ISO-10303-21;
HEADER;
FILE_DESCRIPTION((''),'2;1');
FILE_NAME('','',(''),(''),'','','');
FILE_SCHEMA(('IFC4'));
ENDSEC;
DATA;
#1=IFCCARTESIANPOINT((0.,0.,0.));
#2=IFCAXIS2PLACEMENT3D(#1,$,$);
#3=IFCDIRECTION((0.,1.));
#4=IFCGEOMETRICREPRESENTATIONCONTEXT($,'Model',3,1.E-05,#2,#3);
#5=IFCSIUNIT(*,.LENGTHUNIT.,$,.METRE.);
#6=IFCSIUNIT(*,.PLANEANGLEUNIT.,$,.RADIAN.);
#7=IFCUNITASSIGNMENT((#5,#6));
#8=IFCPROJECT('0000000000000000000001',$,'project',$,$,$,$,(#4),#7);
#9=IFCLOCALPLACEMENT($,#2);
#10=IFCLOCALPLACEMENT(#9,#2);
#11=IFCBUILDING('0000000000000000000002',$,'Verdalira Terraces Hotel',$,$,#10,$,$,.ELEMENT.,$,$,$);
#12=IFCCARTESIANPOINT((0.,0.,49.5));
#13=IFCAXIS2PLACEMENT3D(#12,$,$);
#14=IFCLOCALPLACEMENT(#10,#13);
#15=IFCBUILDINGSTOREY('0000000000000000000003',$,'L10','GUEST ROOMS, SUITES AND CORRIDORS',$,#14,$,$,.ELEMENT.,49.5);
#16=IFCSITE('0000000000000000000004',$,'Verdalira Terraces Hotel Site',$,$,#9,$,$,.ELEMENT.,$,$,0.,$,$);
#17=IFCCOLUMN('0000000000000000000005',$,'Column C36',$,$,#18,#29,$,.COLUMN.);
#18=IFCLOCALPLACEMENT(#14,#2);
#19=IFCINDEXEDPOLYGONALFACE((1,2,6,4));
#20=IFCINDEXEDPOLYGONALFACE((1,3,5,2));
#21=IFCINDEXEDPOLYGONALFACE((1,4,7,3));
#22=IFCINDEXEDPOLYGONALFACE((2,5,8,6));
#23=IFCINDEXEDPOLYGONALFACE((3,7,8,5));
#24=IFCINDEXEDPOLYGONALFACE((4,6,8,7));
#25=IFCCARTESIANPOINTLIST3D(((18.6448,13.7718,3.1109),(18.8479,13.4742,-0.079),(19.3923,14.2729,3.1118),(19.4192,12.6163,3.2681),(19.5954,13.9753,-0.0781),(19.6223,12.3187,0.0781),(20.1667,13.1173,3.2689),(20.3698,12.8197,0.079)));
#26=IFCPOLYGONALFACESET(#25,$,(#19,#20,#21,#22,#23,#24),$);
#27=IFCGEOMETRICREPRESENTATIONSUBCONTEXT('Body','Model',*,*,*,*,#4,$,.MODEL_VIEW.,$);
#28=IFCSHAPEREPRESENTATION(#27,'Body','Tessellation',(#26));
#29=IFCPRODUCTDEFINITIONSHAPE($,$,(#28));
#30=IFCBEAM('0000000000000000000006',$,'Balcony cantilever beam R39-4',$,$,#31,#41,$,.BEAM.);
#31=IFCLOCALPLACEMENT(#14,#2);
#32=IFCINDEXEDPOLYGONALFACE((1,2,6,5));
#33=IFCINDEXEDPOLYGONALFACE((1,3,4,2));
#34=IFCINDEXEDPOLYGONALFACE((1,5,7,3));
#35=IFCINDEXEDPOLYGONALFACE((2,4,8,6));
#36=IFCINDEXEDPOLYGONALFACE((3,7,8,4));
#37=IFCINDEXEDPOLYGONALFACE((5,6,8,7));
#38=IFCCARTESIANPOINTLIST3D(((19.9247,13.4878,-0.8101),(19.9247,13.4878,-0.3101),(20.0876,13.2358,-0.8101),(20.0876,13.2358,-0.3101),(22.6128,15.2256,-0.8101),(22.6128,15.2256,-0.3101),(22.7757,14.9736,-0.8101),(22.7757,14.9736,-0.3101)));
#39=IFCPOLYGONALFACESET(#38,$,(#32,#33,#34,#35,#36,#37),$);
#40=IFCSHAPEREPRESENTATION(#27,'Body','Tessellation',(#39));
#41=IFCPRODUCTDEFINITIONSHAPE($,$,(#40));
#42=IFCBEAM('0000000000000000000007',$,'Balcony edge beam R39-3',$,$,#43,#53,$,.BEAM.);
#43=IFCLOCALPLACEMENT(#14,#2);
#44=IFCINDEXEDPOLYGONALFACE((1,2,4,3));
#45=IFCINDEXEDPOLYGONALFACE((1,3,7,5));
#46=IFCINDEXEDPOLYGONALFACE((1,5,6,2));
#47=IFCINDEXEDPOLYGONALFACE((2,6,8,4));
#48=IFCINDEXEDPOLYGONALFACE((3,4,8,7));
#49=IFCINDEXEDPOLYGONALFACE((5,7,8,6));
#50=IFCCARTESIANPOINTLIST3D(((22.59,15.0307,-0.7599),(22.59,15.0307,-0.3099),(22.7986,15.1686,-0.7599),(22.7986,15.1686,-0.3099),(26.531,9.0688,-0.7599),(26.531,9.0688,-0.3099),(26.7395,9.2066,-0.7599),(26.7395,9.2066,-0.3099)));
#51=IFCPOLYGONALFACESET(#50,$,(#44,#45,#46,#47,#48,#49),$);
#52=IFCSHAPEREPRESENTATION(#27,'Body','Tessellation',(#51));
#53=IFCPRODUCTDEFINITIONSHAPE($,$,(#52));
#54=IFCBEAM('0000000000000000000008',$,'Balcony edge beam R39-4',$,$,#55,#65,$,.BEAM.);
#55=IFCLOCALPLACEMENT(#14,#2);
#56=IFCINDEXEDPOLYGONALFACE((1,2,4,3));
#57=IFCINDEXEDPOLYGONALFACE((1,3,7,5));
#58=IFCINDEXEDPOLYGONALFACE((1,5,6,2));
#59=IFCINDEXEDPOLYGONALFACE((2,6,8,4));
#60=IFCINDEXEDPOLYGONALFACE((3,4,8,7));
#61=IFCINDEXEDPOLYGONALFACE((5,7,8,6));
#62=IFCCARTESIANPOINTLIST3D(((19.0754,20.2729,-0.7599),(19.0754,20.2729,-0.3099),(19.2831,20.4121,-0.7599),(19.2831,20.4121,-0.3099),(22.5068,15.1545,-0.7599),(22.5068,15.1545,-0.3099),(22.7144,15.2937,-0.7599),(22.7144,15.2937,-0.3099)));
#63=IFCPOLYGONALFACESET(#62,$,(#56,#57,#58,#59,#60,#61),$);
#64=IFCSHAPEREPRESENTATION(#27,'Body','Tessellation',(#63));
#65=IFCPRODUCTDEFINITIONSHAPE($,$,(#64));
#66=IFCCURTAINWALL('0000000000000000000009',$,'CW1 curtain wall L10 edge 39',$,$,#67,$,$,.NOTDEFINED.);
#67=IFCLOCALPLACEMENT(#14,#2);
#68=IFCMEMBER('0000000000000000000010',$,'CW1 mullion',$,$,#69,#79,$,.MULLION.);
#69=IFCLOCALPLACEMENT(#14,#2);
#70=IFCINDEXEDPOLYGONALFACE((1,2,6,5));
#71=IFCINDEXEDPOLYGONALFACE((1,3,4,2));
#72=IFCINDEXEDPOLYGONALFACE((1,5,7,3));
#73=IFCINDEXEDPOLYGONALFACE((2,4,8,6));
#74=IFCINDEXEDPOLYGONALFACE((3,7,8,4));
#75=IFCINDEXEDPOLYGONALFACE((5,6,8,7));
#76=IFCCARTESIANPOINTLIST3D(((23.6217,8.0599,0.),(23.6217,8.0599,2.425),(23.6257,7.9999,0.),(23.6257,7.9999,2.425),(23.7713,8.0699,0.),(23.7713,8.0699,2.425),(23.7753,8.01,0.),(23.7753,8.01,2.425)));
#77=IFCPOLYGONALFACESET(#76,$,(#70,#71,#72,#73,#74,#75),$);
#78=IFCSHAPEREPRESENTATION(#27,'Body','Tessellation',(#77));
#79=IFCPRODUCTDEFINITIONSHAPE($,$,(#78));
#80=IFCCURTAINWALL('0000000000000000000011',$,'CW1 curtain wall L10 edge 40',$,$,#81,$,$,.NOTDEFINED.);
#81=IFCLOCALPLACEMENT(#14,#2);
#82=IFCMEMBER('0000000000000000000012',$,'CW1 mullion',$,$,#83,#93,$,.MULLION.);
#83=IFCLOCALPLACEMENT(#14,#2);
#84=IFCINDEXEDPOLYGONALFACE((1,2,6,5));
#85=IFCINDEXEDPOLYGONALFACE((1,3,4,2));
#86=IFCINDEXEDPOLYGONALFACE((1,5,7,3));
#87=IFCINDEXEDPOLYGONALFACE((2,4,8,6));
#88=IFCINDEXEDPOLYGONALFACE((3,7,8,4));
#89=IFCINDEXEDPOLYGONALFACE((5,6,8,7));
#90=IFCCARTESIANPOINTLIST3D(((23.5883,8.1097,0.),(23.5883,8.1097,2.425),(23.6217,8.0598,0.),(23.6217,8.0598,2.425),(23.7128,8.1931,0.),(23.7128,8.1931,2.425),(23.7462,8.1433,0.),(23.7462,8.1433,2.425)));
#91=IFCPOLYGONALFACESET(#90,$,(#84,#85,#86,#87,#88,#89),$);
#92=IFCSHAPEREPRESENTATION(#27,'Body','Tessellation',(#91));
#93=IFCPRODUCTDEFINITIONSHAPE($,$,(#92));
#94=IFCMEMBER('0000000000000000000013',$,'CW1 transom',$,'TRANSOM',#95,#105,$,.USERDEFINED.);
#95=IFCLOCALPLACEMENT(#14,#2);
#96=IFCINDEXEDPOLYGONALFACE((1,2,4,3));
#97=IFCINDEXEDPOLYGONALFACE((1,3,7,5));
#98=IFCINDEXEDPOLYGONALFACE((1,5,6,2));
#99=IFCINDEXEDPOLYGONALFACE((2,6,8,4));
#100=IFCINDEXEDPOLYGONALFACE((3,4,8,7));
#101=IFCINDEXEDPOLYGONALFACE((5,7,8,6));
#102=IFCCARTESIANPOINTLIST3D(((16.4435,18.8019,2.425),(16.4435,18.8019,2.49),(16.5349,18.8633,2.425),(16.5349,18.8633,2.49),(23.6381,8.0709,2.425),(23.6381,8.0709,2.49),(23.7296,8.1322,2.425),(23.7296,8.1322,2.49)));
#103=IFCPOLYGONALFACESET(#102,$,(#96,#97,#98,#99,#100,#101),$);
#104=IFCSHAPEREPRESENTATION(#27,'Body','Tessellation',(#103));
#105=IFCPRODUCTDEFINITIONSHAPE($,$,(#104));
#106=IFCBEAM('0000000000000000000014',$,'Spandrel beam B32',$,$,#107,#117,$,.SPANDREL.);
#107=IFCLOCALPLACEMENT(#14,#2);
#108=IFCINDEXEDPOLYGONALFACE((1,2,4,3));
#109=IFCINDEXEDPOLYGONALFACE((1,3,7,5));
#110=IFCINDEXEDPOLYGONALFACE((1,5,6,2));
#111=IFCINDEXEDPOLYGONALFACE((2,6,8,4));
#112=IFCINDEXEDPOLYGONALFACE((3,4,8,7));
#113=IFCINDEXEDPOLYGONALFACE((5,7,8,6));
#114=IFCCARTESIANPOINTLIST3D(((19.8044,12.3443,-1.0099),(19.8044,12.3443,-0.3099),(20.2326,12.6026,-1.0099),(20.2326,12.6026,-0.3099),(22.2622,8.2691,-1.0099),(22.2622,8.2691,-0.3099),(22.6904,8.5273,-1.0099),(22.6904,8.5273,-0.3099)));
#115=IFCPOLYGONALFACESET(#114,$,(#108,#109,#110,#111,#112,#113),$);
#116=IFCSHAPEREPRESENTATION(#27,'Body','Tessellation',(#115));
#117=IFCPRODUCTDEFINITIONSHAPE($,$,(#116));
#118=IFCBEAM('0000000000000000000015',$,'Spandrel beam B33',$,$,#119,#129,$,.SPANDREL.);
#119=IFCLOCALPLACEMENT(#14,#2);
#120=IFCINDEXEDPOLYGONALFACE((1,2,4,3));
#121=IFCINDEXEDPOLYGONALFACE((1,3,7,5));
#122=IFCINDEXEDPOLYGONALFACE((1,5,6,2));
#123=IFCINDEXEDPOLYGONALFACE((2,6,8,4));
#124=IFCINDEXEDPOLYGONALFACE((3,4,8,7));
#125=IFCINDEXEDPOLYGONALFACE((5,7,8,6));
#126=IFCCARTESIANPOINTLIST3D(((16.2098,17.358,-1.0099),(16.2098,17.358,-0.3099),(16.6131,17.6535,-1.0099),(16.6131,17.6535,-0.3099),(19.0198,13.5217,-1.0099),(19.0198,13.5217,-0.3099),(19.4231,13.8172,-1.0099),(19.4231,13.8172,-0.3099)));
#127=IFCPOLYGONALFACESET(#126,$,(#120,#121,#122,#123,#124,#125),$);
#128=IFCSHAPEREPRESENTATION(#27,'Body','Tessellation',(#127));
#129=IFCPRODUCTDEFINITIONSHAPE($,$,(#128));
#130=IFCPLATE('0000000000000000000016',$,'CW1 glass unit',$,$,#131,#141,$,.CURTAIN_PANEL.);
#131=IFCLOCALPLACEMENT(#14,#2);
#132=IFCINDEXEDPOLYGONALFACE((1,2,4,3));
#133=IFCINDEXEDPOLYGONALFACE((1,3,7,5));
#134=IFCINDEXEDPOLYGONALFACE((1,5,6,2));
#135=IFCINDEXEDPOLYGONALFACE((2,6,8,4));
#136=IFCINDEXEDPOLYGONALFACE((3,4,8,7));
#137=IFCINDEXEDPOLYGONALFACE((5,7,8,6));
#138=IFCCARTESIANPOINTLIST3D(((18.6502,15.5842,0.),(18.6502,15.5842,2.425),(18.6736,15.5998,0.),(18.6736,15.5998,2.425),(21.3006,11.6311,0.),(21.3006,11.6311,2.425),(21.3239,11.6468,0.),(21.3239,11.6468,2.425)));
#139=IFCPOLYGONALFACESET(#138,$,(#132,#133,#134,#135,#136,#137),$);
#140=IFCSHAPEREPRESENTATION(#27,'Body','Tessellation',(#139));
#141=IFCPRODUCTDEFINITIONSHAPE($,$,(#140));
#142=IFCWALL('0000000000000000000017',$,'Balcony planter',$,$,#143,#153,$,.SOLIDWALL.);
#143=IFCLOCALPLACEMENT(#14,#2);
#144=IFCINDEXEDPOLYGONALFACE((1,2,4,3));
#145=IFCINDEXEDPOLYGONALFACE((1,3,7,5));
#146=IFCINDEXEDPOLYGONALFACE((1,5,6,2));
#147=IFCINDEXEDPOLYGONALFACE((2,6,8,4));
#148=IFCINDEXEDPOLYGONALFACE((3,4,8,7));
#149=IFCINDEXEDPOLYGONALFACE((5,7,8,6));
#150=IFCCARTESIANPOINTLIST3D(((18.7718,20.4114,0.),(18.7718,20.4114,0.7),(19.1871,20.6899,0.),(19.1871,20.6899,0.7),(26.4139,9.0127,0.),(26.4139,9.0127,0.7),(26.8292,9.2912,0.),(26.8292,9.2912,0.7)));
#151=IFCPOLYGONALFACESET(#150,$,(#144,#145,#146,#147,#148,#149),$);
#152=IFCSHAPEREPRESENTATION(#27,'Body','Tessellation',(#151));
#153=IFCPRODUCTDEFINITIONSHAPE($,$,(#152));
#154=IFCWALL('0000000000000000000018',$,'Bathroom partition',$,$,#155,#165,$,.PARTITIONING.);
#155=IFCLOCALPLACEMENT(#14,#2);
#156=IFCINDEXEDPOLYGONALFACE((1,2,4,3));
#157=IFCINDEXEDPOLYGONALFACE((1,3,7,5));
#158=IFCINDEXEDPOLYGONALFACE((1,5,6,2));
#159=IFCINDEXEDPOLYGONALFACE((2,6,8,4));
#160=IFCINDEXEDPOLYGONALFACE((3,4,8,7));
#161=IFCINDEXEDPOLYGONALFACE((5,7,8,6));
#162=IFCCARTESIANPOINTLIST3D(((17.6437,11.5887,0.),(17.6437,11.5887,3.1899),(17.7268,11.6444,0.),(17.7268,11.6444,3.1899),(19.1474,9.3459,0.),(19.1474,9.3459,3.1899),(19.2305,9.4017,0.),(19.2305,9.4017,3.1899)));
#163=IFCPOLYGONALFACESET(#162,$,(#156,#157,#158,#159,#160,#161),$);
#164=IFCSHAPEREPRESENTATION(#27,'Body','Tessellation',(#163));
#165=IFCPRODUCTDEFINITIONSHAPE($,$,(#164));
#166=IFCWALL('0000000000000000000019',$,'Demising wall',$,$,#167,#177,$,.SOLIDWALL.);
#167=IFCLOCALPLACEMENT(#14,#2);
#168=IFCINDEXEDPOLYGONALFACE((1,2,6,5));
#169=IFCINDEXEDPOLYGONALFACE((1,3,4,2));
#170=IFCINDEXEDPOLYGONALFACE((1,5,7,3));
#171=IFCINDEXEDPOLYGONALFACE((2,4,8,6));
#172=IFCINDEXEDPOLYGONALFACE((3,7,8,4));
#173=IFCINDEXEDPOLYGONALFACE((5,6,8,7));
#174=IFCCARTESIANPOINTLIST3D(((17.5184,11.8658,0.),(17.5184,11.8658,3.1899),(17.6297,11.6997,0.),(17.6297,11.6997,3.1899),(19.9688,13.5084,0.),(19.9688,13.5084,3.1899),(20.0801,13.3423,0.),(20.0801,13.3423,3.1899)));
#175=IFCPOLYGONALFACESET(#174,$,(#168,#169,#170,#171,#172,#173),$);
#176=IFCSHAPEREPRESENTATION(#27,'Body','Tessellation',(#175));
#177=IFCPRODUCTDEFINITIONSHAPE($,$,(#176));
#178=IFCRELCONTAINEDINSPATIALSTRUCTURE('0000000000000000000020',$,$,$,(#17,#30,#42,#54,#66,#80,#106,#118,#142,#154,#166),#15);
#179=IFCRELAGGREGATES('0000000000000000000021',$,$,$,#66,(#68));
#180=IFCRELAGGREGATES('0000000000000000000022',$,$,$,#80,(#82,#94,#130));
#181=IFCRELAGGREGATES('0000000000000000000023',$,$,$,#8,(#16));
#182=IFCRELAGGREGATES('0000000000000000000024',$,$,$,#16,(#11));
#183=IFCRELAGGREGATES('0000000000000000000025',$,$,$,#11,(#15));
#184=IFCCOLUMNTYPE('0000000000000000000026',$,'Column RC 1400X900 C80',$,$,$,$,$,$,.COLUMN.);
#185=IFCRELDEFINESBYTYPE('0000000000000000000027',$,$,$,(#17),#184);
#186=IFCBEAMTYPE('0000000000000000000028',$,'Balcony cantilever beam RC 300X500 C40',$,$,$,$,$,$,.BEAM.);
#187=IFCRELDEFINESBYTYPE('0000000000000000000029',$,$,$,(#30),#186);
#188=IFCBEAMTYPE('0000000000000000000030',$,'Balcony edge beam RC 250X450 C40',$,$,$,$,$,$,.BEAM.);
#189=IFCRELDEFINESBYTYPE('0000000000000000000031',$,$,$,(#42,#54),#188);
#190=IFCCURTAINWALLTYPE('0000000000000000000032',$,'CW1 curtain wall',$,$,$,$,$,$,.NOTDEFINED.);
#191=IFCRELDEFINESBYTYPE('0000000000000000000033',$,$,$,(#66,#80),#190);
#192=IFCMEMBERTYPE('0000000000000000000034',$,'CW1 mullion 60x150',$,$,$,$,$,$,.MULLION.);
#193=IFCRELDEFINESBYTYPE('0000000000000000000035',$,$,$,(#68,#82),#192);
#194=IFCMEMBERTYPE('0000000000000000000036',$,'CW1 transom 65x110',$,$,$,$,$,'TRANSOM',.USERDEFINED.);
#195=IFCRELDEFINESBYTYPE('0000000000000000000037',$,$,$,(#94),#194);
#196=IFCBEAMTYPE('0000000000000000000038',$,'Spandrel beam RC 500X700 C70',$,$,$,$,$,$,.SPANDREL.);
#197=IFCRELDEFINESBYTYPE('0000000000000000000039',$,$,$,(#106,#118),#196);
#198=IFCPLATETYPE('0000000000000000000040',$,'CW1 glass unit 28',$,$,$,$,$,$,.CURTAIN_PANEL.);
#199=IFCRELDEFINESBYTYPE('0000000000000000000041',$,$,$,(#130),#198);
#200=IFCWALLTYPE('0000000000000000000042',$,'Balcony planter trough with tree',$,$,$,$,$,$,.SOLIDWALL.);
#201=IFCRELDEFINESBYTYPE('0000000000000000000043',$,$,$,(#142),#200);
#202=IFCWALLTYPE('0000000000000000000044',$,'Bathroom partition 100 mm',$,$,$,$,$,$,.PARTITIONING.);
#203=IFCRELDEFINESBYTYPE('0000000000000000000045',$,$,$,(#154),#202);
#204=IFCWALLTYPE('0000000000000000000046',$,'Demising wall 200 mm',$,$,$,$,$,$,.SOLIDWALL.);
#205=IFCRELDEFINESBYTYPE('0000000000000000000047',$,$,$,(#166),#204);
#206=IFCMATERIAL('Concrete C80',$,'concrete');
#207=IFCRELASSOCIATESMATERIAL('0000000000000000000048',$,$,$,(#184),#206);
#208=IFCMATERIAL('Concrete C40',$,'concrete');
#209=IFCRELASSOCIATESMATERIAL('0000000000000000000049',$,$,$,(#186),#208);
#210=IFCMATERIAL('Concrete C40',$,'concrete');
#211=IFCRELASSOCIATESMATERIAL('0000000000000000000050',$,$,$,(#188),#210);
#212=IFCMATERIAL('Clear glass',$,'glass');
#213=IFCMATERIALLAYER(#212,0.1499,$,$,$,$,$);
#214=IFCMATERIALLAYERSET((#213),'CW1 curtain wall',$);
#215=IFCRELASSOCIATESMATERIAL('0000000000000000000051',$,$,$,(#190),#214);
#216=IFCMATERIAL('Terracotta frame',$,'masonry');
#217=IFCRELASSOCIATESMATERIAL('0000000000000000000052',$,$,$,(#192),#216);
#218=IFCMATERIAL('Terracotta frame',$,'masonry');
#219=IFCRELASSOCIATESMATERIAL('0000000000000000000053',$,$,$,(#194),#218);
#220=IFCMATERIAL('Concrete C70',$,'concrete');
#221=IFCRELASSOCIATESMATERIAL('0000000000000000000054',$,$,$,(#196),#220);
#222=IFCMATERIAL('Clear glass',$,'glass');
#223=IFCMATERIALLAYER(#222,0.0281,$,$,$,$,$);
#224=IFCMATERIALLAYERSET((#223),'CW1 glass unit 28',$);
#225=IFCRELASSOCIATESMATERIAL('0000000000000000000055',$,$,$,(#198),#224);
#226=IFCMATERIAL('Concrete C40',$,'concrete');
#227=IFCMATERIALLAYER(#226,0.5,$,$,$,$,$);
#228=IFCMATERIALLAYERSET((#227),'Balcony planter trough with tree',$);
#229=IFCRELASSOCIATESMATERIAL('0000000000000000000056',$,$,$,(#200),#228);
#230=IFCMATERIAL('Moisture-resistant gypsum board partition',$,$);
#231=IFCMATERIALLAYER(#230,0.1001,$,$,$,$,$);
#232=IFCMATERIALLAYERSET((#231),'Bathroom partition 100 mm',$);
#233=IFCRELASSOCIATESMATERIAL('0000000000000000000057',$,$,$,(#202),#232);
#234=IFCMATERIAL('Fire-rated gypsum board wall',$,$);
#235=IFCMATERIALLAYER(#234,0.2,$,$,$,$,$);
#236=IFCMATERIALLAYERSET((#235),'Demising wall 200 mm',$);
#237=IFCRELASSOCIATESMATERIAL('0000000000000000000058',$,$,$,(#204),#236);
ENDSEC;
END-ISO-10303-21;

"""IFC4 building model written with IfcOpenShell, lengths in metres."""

from ifc_helpers import new_model, si_unit, direction, frame, frame_2d, origin, origin_2d, place, context, subcontext, project, spatial, rectangle, extrude, material, layer, layer_set, material_profile, profile_set, type_object, element, aggregate, save


model = new_model("IFC4")

# Units and contexts
model_context = context("Model", 3, precision=1e-05, world=origin(), true_north=direction((0.0, 1.0)))
body_context = subcontext(model_context, "Body", "Model", "MODEL_VIEW")
ifc_project = project(units=[si_unit("LENGTHUNIT", "METRE"), si_unit("PLANEANGLEUNIT", "RADIAN")], contexts=[model_context])

# Site, building, storey
site_placement = place(None, origin())
site = spatial("IfcSite", under=ifc_project, at=site_placement, Name="Verdalira Terraces Hotel Site", CompositionType="ELEMENT", RefElevation=0.0)
building_placement = place(site_placement, origin())
building = spatial("IfcBuilding", under=site, at=building_placement, Name="Verdalira Terraces Hotel", CompositionType="ELEMENT")
storey_placement = place(building_placement, frame((0.0, 0.0, 49.5)))
storey = spatial("IfcBuildingStorey", under=building, at=storey_placement, Name="L10", Description="GUEST ROOMS, SUITES AND CORRIDORS", CompositionType="ELEMENT", Elevation=49.5)

# Column
ifc_material_1 = material(Name="Concrete C80", Category="concrete")
ifc_material_profile_1 = material_profile(ifc_material_1, rectangle(XDim=1.3999, YDim=0.8999, at=origin_2d()), Name="RC 1400X900")
ifc_profile_set_1 = profile_set([ifc_material_profile_1], Name="Concrete C80")
column_type = type_object("IfcColumnType", Name="Column RC 1400X900 C80", PredefinedType="COLUMN", material=ifc_profile_set_1)
column_placement = place(storey_placement, frame((19.6089, 13.147, 0.0), z_axis=(-0.063274, 0.092706, 0.993681), x_axis=(-0.55319, 0.82546, -0.112237)))
element("IfcColumn", 1, at=column_placement, inside=storey, type_object=column_type, Name="Column C36", PredefinedType="COLUMN", context=body_context, shape_type="SweptSolid", body=[
    extrude(rectangle(XDim=1.3999, YDim=0.8999, at=origin_2d()), origin(), (0.0, 0.0, 1.0), 3.2102),
])

# Beams
ifc_material_2 = material(Name="Concrete C40", Category="concrete")
ifc_material_profile_2 = material_profile(ifc_material_2, rectangle(XDim=0.3, YDim=0.5, at=origin_2d()), Name="RC 300X500")
ifc_profile_set_2 = profile_set([ifc_material_profile_2], Name="Concrete C40")
beam_type_1 = type_object("IfcBeamType", Name="Balcony cantilever beam RC 300X500 C40", PredefinedType="BEAM", material=ifc_profile_set_2)
beam_1_placement = place(storey_placement, frame((20.0061, 13.3618, -0.5601), z_axis=(0.839805, 0.542888, 0.0), x_axis=(-0.542888, 0.839805, 0.0)))
element("IfcBeam", 2, at=beam_1_placement, inside=storey, type_object=beam_type_1, Name="Balcony cantilever beam R39-4", PredefinedType="BEAM", context=body_context, shape_type="SweptSolid", body=[
    extrude(rectangle(XDim=0.3, YDim=0.5, at=origin_2d()), origin(), (0.0, 0.0, 1.0), 3.2009),
])
ifc_material_3 = material(Name="Concrete C40", Category="concrete")
ifc_material_profile_3 = material_profile(ifc_material_3, rectangle(XDim=0.25, YDim=0.45, at=origin_2d()), Name="RC 250X450")
ifc_profile_set_3 = profile_set([ifc_material_profile_3], Name="Concrete C40")
beam_type_2 = type_object("IfcBeamType", Name="Balcony edge beam RC 250X450 C40", PredefinedType="BEAM", material=ifc_profile_set_3)
beam_2_placement = place(storey_placement, frame((26.6353, 9.1377, -0.5349), z_axis=(-0.551432, 0.83422, 0.0), x_axis=(-0.83422, -0.551432, 0.0)))
element("IfcBeam", 3, at=beam_2_placement, inside=storey, type_object=beam_type_2, Name="Balcony edge beam R39-3", PredefinedType="BEAM", context=body_context, shape_type="SweptSolid", body=[
    extrude(rectangle(XDim=0.25, YDim=0.45, at=origin_2d()), origin(), (0.0, 0.0, 1.0), 7.1467),
])
beam_3_placement = place(storey_placement, frame((22.6106, 15.2241, -0.5349), z_axis=(-0.556847, 0.830615, 0.0), x_axis=(-0.830615, -0.556847, 0.0)))
element("IfcBeam", 4, at=beam_3_placement, inside=storey, type_object=beam_type_2, Name="Balcony edge beam R39-4", PredefinedType="BEAM", context=body_context, shape_type="SweptSolid", body=[
    extrude(rectangle(XDim=0.25, YDim=0.45, at=origin_2d()), origin(), (0.0, 0.0, 1.0), 6.1621),
])

# Curtain wall, member
ifc_material_4 = material(Name="Clear glass", Category="glass")
ifc_layer_1 = layer(ifc_material_4, 0.1499)
ifc_layer_set_1 = layer_set([ifc_layer_1], Name="CW1 curtain wall")
curtain_wall_type = type_object("IfcCurtainWallType", Name="CW1 curtain wall", PredefinedType="NOTDEFINED", material=ifc_layer_set_1)
curtain_wall_1_placement = place(storey_placement, origin())
curtain_wall_1 = element("IfcCurtainWall", 5, at=curtain_wall_1_placement, inside=storey, type_object=curtain_wall_type, Name="CW1 curtain wall L10 edge 39", PredefinedType="NOTDEFINED")
ifc_material_5 = material(Name="Terracotta frame", Category="masonry")
ifc_material_profile_4 = material_profile(ifc_material_5, rectangle(XDim=0.0601, YDim=0.1499, at=origin_2d()), Name="MU 60x150")
ifc_profile_set_4 = profile_set([ifc_material_profile_4], Name="Terracotta frame")
member_type_1 = type_object("IfcMemberType", Name="CW1 mullion 60x150", PredefinedType="MULLION", material=ifc_profile_set_4)
member_1_placement = place(storey_placement, frame((23.6985, 8.0349, 0.0), z_axis=(0.0, 0.0, 1.0), x_axis=(-0.06697, 0.997755, 0.0)))
member_1 = element("IfcMember", 6, at=member_1_placement, type_object=member_type_1, Name="CW1 mullion", PredefinedType="MULLION", context=body_context, shape_type="SweptSolid", body=[
    extrude(rectangle(XDim=0.0601, YDim=0.1499, at=origin_2d()), origin(), (0.0, 0.0, 1.0), 2.425),
])
aggregate(curtain_wall_1, [member_1])

# Curtain wall, members
curtain_wall_2_placement = place(storey_placement, origin())
curtain_wall_2 = element("IfcCurtainWall", 7, at=curtain_wall_2_placement, inside=storey, type_object=curtain_wall_type, Name="CW1 curtain wall L10 edge 40", PredefinedType="NOTDEFINED")
member_2_placement = place(storey_placement, frame((23.6672, 8.1265, 0.0), z_axis=(0.0, 0.0, 1.0), x_axis=(-0.556876, 0.830596, 0.0)))
member_2 = element("IfcMember", 8, at=member_2_placement, type_object=member_type_1, Name="CW1 mullion", PredefinedType="MULLION", context=body_context, shape_type="SweptSolid", body=[
    extrude(rectangle(XDim=0.0601, YDim=0.1499, at=origin_2d()), origin(), (0.0, 0.0, 1.0), 2.425),
])
ifc_material_6 = material(Name="Terracotta frame", Category="masonry")
ifc_material_profile_5 = material_profile(ifc_material_6, rectangle(XDim=0.1101, YDim=0.0649, at=origin_2d()), Name="TR 65x110")
ifc_profile_set_5 = profile_set([ifc_material_profile_5], Name="Terracotta frame")
member_type_2 = type_object("IfcMemberType", Name="CW1 transom 65x110", ElementType="TRANSOM", PredefinedType="USERDEFINED", material=ifc_profile_set_5)
member_3_placement = place(storey_placement, frame((23.6838, 8.1016, 2.4575), z_axis=(-0.556874, 0.830597, 0.0), x_axis=(-0.830597, -0.556874, 0.0)))
member_3 = element("IfcMember", 9, at=member_3_placement, type_object=member_type_2, Name="CW1 transom", ObjectType="TRANSOM", PredefinedType="USERDEFINED", context=body_context, shape_type="SweptSolid", body=[
    extrude(rectangle(XDim=0.1101, YDim=0.0649, at=origin_2d()), origin(), (0.0, 0.0, 1.0), 12.9197),
])

# Beams
ifc_material_7 = material(Name="Concrete C70", Category="concrete")
ifc_material_profile_6 = material_profile(ifc_material_7, rectangle(XDim=0.5, YDim=0.7, at=origin_2d()), Name="RC 500X700")
ifc_profile_set_6 = profile_set([ifc_material_profile_6], Name="Concrete C70")
beam_type_3 = type_object("IfcBeamType", Name="Spandrel beam RC 500X700 C70", PredefinedType="SPANDREL", material=ifc_profile_set_6)
beam_4_placement = place(storey_placement, frame((22.4763, 8.3982, -0.6599), z_axis=(-0.516448, 0.856318, 0.0), x_axis=(-0.856318, -0.516448, 0.0)))
element("IfcBeam", 10, at=beam_4_placement, inside=storey, type_object=beam_type_3, Name="Spandrel beam B32", PredefinedType="SPANDREL", context=body_context, shape_type="SweptSolid", body=[
    extrude(rectangle(XDim=0.5, YDim=0.7, at=origin_2d()), origin(), (0.0, 0.0, 1.0), 4.759),
])
beam_5_placement = place(storey_placement, frame((19.2214, 13.6694, -0.6599), z_axis=(-0.59091, 0.806738, 0.0), x_axis=(-0.806738, -0.59091, 0.0)))
element("IfcBeam", 11, at=beam_5_placement, inside=storey, type_object=beam_type_3, Name="Spandrel beam B33", PredefinedType="SPANDREL", context=body_context, shape_type="SweptSolid", body=[
    extrude(rectangle(XDim=0.5, YDim=0.7, at=origin_2d()), origin(), (0.0, 0.0, 1.0), 4.7554),
])

# Plate
ifc_material_8 = material(Name="Clear glass", Category="glass")
ifc_layer_2 = layer(ifc_material_8, 0.0281)
ifc_layer_set_2 = layer_set([ifc_layer_2], Name="CW1 glass unit 28")
plate_type = type_object("IfcPlateType", Name="CW1 glass unit 28", PredefinedType="CURTAIN_PANEL", material=ifc_layer_set_2)
plate_placement = place(storey_placement, frame((19.9871, 13.6155, 0.0), z_axis=(0.0, 0.0, 1.0), x_axis=(-0.556876, 0.830596, 0.0)))
plate = element("IfcPlate", 12, at=plate_placement, type_object=plate_type, Name="CW1 glass unit", PredefinedType="CURTAIN_PANEL", context=body_context, shape_type="SweptSolid", body=[
    extrude(rectangle(XDim=4.7593, YDim=0.0281, at=origin_2d()), origin(), (0.0, 0.0, 1.0), 2.425),
])
aggregate(curtain_wall_2, [member_2, member_3, plate])

# Walls
ifc_material_9 = material(Name="Concrete C40", Category="concrete")
ifc_layer_3 = layer(ifc_material_9, 0.5)
ifc_layer_set_3 = layer_set([ifc_layer_3], Name="Balcony planter trough with tree")
wall_type_1 = type_object("IfcWallType", Name="Balcony planter trough with tree", PredefinedType="SOLIDWALL", material=ifc_layer_set_3)
wall_1_placement = place(storey_placement, frame((26.6216, 9.1519, 0.0), z_axis=(0.0, 0.0, 1.0), x_axis=(-0.556866, 0.830602, 0.0)))
element("IfcWall", 13, at=wall_1_placement, inside=storey, type_object=wall_type_1, Name="Balcony planter", PredefinedType="SOLIDWALL", context=body_context, shape_type="SweptSolid", body=[
    extrude(rectangle(XDim=13.7234, YDim=0.5, at=frame_2d((6.8618, 0.0))), origin(), (0.0, 0.0, 1.0), 0.7),
])
ifc_material_10 = material(Name="Moisture-resistant gypsum board partition")
ifc_layer_4 = layer(ifc_material_10, 0.1001)
ifc_layer_set_4 = layer_set([ifc_layer_4], Name="Bathroom partition 100 mm")
wall_type_2 = type_object("IfcWallType", Name="Bathroom partition 100 mm", PredefinedType="PARTITIONING", material=ifc_layer_set_4)
wall_2_placement = place(storey_placement, frame((19.189, 9.3738, 0.0), z_axis=(0.0, 0.0, 1.0), x_axis=(-0.556889, 0.830587, 0.0)))
element("IfcWall", 14, at=wall_2_placement, inside=storey, type_object=wall_type_2, Name="Bathroom partition", PredefinedType="PARTITIONING", context=body_context, shape_type="SweptSolid", body=[
    extrude(rectangle(XDim=2.7002, YDim=0.1001, at=frame_2d((1.3501, 0.0))), origin(), (0.0, 0.0, 1.0), 3.1899),
])
ifc_material_11 = material(Name="Fire-rated gypsum board wall")
ifc_layer_5 = layer(ifc_material_11, 0.2)
ifc_layer_set_5 = layer_set([ifc_layer_5], Name="Demising wall 200 mm")
wall_type_3 = type_object("IfcWallType", Name="Demising wall 200 mm", PredefinedType="SOLIDWALL", material=ifc_layer_set_5)
wall_3_placement = place(storey_placement, frame((17.574, 11.7827, 0.0), z_axis=(0.0, 0.0, 1.0), x_axis=(0.830647, 0.556799, 0.0)))
element("IfcWall", 15, at=wall_3_placement, inside=storey, type_object=wall_type_3, Name="Demising wall", PredefinedType="SOLIDWALL", context=body_context, shape_type="SweptSolid", body=[
    extrude(rectangle(XDim=2.95, YDim=0.2, at=frame_2d((1.4751, 0.0))), origin(), (0.0, 0.0, 1.0), 3.1899),
])

save(model, "model.ifc")
